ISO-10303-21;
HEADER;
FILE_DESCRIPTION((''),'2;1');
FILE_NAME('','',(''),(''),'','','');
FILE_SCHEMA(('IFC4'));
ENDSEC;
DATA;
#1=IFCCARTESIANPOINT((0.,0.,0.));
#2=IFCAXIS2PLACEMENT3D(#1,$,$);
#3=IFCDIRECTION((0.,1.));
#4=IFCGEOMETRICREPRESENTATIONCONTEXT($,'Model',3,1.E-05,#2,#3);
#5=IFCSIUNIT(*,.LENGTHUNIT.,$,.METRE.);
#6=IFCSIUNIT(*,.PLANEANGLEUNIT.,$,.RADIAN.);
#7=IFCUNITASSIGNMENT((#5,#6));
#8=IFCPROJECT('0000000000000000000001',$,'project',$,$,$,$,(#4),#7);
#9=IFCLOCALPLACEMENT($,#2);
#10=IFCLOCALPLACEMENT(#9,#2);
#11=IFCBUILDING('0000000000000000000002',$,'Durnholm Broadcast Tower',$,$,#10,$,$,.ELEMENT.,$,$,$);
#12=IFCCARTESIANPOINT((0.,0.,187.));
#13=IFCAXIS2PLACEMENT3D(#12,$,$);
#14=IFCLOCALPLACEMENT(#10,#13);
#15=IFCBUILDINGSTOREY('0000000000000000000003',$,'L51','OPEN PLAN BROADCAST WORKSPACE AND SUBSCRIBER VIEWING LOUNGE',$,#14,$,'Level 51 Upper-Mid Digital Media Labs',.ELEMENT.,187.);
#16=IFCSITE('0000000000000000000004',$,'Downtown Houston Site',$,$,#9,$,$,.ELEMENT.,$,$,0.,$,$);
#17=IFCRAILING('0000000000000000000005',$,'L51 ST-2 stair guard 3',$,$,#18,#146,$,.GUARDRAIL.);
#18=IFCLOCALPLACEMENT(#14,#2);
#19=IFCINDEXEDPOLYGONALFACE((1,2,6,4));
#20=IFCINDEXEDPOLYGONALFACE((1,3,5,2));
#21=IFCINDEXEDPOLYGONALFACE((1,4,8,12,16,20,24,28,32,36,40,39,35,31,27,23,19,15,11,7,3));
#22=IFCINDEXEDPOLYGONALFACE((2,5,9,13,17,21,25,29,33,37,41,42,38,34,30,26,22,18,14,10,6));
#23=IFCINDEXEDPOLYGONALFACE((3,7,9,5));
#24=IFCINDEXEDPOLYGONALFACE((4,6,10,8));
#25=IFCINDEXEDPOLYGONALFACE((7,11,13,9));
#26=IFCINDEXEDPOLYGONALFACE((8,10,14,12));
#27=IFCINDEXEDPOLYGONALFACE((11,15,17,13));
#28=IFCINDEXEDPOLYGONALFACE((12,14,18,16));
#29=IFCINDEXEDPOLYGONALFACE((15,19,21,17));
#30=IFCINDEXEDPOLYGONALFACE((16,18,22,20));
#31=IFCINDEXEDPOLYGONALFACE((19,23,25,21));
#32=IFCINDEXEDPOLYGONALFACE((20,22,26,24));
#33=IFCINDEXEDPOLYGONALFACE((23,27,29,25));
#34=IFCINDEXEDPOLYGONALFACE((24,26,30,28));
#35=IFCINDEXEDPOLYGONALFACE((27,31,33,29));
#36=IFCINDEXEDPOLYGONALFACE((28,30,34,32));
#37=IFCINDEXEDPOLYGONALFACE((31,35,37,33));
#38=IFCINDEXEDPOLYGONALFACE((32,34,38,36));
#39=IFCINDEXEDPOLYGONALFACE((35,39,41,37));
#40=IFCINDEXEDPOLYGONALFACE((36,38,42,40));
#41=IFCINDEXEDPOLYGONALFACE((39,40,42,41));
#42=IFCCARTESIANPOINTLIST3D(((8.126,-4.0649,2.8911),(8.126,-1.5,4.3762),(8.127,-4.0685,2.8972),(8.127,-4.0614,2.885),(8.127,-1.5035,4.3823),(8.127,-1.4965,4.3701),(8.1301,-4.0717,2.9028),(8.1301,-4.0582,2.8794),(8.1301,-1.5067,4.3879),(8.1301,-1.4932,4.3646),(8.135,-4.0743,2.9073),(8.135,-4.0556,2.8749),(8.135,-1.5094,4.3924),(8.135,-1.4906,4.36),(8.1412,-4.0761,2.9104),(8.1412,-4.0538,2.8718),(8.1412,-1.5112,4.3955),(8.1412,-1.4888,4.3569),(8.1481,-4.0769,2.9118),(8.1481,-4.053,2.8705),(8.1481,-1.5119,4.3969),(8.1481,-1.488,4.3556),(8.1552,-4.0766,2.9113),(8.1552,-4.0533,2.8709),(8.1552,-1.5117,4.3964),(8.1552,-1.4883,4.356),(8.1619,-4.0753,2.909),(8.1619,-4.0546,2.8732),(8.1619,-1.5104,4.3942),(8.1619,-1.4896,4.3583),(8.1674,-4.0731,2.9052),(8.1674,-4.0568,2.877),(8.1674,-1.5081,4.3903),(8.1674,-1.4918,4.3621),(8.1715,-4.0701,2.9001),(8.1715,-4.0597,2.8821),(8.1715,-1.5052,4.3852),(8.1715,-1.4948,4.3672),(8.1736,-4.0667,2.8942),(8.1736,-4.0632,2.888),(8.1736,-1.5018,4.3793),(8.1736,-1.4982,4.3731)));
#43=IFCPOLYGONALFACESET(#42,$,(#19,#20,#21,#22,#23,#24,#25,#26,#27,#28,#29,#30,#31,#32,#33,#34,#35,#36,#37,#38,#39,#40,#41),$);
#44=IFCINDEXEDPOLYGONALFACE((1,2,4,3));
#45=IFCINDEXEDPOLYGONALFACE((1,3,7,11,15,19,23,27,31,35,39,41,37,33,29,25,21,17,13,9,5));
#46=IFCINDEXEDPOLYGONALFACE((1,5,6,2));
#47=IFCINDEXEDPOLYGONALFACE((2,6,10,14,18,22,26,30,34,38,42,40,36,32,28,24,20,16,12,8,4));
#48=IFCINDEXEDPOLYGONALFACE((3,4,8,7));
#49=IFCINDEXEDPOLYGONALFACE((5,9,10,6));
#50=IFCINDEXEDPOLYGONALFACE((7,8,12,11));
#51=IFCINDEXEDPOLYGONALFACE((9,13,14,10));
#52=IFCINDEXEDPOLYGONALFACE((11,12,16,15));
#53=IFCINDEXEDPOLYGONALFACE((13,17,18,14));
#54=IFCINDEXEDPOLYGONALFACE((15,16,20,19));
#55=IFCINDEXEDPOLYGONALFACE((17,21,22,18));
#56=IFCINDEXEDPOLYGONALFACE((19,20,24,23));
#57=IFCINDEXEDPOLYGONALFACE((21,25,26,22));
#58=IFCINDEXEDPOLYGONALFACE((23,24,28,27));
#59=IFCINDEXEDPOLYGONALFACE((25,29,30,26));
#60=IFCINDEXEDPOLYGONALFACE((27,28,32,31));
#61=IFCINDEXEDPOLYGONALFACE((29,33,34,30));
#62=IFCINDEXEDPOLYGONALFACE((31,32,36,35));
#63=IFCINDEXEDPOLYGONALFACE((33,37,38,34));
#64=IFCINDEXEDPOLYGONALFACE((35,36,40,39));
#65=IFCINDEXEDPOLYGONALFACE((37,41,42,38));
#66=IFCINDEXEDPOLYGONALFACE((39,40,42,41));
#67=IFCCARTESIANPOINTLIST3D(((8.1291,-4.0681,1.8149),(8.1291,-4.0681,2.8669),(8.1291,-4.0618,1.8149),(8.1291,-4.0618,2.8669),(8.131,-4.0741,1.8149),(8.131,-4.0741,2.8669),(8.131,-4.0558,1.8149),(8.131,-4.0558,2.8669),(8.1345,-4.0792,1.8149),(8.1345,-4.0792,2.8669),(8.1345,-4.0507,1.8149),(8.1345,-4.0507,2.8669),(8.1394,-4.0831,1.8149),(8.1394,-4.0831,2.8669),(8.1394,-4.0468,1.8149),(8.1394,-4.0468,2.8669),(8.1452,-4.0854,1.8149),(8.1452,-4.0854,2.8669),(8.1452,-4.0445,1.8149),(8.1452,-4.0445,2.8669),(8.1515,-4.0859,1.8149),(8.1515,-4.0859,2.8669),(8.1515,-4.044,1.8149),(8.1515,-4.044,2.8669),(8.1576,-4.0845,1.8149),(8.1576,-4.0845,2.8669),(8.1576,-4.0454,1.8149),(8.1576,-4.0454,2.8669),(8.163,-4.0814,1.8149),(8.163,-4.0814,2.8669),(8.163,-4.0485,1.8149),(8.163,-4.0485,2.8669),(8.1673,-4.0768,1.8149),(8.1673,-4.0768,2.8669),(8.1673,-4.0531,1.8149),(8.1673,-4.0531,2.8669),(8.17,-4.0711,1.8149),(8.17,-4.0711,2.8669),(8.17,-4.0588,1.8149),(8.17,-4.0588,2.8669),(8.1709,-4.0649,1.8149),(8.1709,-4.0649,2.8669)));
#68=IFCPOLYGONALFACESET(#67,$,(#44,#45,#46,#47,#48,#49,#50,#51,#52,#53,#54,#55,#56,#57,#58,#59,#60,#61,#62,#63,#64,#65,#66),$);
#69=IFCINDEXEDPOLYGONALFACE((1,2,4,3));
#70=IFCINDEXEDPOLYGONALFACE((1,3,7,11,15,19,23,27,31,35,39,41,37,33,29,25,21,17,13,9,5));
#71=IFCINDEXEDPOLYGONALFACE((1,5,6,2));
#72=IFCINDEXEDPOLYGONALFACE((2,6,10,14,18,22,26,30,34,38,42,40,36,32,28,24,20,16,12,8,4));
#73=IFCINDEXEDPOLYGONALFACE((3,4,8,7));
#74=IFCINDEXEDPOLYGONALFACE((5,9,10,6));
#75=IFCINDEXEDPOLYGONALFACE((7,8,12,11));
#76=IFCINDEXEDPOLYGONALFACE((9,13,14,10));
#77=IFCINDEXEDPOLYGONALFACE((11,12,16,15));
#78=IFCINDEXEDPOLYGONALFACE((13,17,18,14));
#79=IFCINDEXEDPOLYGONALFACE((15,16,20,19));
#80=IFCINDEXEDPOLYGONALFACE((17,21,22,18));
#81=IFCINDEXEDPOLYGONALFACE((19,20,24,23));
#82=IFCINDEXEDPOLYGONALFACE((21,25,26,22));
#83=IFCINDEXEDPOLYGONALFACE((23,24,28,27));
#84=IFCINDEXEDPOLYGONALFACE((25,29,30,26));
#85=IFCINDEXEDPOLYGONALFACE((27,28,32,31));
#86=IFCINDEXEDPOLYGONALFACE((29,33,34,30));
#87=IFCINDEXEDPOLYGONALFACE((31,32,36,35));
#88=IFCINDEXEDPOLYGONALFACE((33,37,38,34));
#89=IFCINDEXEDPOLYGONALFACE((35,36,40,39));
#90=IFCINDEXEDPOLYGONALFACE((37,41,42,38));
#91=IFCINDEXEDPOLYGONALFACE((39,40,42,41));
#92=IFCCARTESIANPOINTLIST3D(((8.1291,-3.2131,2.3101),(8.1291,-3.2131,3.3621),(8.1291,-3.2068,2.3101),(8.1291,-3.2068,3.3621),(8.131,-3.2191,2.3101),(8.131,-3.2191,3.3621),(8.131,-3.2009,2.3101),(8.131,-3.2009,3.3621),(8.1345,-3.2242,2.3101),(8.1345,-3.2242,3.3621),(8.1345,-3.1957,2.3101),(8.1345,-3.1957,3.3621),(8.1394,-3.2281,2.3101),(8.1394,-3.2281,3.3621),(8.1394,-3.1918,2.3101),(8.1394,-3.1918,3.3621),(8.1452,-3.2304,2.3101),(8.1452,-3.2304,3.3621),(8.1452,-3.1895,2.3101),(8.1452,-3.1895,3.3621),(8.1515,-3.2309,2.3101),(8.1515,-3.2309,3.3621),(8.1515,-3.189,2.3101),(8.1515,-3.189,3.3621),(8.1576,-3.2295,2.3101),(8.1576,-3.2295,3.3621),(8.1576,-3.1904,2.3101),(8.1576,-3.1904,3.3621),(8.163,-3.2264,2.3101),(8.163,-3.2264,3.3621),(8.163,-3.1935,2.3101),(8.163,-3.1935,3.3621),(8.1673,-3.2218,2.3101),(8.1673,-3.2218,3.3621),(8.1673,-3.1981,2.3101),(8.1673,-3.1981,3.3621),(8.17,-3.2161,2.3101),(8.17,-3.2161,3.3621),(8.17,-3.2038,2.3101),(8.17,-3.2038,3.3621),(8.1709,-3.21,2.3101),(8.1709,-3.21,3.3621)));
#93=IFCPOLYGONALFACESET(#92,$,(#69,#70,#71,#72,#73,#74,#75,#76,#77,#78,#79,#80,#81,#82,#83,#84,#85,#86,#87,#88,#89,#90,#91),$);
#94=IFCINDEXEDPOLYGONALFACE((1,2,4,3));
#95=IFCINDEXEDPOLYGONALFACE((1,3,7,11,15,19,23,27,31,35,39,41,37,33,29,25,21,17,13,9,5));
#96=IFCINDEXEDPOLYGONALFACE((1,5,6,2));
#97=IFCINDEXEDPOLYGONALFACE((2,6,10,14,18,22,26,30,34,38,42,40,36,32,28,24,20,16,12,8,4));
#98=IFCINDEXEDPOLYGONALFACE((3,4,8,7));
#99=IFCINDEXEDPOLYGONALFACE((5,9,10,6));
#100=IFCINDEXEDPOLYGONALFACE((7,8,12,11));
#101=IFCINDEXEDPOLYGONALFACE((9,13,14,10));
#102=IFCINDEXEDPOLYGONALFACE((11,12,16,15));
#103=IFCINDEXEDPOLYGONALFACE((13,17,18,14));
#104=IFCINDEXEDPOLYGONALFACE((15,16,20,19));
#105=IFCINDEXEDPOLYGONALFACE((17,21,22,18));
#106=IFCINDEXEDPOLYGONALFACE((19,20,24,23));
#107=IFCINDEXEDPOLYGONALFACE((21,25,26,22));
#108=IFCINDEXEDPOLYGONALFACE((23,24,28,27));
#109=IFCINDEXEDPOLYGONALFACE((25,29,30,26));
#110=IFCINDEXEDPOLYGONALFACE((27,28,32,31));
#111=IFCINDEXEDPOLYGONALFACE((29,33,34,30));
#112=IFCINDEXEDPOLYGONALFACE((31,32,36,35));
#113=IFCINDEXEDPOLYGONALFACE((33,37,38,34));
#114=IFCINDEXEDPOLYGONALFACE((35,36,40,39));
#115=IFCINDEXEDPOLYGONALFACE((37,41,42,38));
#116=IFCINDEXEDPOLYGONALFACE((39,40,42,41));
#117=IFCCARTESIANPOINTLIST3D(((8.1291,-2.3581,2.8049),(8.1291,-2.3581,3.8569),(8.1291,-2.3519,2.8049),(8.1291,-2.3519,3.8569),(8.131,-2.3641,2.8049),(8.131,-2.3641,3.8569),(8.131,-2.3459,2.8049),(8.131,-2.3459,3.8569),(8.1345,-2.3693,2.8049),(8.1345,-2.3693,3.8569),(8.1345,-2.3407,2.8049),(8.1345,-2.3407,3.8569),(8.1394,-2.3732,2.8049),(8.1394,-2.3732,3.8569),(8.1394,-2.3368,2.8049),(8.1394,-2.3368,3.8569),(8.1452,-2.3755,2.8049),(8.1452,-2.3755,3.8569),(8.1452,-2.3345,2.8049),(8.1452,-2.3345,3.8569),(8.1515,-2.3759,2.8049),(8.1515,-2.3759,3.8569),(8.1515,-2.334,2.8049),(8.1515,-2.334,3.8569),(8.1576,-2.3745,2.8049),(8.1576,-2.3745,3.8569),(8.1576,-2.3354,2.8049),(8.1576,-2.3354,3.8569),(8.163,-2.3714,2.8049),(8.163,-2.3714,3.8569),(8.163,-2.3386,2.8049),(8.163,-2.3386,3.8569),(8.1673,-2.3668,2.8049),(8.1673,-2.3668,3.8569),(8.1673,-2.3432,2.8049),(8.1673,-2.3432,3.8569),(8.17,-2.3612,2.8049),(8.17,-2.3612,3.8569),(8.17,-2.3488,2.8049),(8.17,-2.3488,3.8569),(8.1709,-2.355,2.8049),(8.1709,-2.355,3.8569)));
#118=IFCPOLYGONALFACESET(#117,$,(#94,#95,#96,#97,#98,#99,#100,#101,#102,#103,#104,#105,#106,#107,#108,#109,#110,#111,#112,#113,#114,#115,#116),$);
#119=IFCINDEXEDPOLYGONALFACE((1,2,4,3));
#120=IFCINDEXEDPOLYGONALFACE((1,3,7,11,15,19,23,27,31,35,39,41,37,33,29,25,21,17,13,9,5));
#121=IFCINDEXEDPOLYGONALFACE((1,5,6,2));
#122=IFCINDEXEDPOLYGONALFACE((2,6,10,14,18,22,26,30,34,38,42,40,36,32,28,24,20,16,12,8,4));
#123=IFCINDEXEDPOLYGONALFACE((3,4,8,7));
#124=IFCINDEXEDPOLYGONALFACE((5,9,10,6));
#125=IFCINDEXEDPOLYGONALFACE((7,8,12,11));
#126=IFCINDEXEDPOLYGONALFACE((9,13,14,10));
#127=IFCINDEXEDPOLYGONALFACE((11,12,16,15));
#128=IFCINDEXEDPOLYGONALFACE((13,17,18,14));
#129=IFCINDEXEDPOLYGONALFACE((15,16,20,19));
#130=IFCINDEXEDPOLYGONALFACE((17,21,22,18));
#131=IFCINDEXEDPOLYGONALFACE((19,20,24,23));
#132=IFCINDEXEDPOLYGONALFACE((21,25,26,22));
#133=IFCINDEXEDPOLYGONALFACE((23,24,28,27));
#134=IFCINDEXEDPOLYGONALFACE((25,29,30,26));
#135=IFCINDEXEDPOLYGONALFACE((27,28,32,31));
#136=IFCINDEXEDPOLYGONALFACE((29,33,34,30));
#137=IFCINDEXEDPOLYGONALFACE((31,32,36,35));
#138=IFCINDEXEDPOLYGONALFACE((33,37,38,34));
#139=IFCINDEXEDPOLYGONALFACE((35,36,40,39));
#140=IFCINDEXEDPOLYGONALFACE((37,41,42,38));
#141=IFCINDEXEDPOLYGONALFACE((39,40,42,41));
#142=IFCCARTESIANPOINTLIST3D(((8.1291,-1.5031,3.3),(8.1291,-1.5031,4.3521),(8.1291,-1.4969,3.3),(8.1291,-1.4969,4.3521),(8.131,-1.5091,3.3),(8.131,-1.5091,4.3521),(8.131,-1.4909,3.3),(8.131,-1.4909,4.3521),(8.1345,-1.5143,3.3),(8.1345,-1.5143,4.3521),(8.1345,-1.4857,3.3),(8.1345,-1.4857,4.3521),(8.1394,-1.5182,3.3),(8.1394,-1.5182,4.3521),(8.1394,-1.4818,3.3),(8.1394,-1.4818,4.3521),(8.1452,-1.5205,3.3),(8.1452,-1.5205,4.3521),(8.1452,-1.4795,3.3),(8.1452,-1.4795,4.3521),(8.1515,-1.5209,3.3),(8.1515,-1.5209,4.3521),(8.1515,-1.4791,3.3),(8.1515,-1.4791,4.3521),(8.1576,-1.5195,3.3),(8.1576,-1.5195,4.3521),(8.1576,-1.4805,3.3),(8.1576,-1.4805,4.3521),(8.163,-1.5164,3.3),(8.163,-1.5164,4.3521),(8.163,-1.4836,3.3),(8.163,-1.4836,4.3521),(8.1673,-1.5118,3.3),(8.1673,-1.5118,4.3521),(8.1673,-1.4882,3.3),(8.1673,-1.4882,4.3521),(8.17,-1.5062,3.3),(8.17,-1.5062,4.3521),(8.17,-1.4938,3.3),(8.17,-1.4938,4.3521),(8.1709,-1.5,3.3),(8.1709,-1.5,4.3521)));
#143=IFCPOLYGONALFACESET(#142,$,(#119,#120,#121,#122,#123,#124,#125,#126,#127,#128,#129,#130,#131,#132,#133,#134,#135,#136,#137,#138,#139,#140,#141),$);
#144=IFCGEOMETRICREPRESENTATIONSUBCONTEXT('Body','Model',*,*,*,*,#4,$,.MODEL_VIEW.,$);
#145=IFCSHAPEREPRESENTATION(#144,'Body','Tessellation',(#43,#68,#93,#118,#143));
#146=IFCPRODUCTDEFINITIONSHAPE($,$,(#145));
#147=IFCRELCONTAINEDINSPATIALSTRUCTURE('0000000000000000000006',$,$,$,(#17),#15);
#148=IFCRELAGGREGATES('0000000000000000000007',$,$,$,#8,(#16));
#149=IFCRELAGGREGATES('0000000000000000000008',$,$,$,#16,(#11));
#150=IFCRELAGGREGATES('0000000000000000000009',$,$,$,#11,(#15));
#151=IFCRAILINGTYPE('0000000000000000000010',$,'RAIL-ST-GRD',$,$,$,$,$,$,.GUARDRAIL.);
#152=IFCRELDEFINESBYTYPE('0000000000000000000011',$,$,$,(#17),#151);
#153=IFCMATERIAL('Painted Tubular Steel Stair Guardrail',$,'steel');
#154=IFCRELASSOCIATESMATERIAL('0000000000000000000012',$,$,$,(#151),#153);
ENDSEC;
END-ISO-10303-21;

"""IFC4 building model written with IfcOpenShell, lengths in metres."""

from ifc_helpers import new_model, si_unit, direction, frame, origin, origin_2d, place, context, subcontext, project, spatial, circle, extrude, material, type_object, element, save


model = new_model("IFC4")

# Units and contexts
model_context = context("Model", 3, precision=1e-05, world=origin(), true_north=direction((0.0, 1.0)))
body_context = subcontext(model_context, "Body", "Model", "MODEL_VIEW")
ifc_project = project(units=[si_unit("LENGTHUNIT", "METRE"), si_unit("PLANEANGLEUNIT", "RADIAN")], contexts=[model_context])

# Site, building, storey
site_placement = place(None, origin())
site = spatial("IfcSite", under=ifc_project, at=site_placement, Name="Downtown Houston Site", CompositionType="ELEMENT", RefElevation=0.0)
building_placement = place(site_placement, origin())
building = spatial("IfcBuilding", under=site, at=building_placement, Name="Durnholm Broadcast Tower", CompositionType="ELEMENT")
storey_placement = place(building_placement, frame((0.0, 0.0, 187.0)))
storey = spatial("IfcBuildingStorey", under=building, at=storey_placement, Name="L51", Description="OPEN PLAN BROADCAST WORKSPACE AND SUBSCRIBER VIEWING LOUNGE", LongName="Level 51 Upper-Mid Digital Media Labs", CompositionType="ELEMENT", Elevation=187.0)

# Railing
ifc_material_1 = material(Name="Painted Tubular Steel Stair Guardrail", Category="steel")
railing_type_1 = type_object("IfcRailingType", Name="RAIL-ST-GRD", PredefinedType="GUARDRAIL", material=ifc_material_1)
railing_1_placement = place(storey_placement, frame((8.1499, -4.0649, 1.8149)))
element("IfcRailing", 1, at=railing_1_placement, inside=storey, type_object=railing_type_1, Name="L51 ST-2 stair guard 3", PredefinedType="GUARDRAIL", context=body_context, shape_type="SweptSolid", body=[
    extrude(circle(Radius=0.0239, at=origin_2d()), frame((0.0, 0.0, 1.0762), z_axis=(0.0, 0.865406, 0.501072), x_axis=(-1.0, 0.0, 0.0)), (0.0, 0.0, 1.0), 2.9639),
    extrude(circle(Radius=0.021, at=origin_2d()), origin(), (0.0, 0.0, 1.0), 1.052),
    extrude(circle(Radius=0.021, at=origin_2d()), frame((0.0, 0.855, 0.4951)), (0.0, 0.0, 1.0), 1.052),
    extrude(circle(Radius=0.021, at=origin_2d()), frame((0.0, 1.71, 0.99)), (0.0, 0.0, 1.0), 1.052),
    extrude(circle(Radius=0.021, at=origin_2d()), frame((0.0, 2.5649, 1.4851)), (0.0, 0.0, 1.0), 1.052),
])

save(model, "model.ifc")
